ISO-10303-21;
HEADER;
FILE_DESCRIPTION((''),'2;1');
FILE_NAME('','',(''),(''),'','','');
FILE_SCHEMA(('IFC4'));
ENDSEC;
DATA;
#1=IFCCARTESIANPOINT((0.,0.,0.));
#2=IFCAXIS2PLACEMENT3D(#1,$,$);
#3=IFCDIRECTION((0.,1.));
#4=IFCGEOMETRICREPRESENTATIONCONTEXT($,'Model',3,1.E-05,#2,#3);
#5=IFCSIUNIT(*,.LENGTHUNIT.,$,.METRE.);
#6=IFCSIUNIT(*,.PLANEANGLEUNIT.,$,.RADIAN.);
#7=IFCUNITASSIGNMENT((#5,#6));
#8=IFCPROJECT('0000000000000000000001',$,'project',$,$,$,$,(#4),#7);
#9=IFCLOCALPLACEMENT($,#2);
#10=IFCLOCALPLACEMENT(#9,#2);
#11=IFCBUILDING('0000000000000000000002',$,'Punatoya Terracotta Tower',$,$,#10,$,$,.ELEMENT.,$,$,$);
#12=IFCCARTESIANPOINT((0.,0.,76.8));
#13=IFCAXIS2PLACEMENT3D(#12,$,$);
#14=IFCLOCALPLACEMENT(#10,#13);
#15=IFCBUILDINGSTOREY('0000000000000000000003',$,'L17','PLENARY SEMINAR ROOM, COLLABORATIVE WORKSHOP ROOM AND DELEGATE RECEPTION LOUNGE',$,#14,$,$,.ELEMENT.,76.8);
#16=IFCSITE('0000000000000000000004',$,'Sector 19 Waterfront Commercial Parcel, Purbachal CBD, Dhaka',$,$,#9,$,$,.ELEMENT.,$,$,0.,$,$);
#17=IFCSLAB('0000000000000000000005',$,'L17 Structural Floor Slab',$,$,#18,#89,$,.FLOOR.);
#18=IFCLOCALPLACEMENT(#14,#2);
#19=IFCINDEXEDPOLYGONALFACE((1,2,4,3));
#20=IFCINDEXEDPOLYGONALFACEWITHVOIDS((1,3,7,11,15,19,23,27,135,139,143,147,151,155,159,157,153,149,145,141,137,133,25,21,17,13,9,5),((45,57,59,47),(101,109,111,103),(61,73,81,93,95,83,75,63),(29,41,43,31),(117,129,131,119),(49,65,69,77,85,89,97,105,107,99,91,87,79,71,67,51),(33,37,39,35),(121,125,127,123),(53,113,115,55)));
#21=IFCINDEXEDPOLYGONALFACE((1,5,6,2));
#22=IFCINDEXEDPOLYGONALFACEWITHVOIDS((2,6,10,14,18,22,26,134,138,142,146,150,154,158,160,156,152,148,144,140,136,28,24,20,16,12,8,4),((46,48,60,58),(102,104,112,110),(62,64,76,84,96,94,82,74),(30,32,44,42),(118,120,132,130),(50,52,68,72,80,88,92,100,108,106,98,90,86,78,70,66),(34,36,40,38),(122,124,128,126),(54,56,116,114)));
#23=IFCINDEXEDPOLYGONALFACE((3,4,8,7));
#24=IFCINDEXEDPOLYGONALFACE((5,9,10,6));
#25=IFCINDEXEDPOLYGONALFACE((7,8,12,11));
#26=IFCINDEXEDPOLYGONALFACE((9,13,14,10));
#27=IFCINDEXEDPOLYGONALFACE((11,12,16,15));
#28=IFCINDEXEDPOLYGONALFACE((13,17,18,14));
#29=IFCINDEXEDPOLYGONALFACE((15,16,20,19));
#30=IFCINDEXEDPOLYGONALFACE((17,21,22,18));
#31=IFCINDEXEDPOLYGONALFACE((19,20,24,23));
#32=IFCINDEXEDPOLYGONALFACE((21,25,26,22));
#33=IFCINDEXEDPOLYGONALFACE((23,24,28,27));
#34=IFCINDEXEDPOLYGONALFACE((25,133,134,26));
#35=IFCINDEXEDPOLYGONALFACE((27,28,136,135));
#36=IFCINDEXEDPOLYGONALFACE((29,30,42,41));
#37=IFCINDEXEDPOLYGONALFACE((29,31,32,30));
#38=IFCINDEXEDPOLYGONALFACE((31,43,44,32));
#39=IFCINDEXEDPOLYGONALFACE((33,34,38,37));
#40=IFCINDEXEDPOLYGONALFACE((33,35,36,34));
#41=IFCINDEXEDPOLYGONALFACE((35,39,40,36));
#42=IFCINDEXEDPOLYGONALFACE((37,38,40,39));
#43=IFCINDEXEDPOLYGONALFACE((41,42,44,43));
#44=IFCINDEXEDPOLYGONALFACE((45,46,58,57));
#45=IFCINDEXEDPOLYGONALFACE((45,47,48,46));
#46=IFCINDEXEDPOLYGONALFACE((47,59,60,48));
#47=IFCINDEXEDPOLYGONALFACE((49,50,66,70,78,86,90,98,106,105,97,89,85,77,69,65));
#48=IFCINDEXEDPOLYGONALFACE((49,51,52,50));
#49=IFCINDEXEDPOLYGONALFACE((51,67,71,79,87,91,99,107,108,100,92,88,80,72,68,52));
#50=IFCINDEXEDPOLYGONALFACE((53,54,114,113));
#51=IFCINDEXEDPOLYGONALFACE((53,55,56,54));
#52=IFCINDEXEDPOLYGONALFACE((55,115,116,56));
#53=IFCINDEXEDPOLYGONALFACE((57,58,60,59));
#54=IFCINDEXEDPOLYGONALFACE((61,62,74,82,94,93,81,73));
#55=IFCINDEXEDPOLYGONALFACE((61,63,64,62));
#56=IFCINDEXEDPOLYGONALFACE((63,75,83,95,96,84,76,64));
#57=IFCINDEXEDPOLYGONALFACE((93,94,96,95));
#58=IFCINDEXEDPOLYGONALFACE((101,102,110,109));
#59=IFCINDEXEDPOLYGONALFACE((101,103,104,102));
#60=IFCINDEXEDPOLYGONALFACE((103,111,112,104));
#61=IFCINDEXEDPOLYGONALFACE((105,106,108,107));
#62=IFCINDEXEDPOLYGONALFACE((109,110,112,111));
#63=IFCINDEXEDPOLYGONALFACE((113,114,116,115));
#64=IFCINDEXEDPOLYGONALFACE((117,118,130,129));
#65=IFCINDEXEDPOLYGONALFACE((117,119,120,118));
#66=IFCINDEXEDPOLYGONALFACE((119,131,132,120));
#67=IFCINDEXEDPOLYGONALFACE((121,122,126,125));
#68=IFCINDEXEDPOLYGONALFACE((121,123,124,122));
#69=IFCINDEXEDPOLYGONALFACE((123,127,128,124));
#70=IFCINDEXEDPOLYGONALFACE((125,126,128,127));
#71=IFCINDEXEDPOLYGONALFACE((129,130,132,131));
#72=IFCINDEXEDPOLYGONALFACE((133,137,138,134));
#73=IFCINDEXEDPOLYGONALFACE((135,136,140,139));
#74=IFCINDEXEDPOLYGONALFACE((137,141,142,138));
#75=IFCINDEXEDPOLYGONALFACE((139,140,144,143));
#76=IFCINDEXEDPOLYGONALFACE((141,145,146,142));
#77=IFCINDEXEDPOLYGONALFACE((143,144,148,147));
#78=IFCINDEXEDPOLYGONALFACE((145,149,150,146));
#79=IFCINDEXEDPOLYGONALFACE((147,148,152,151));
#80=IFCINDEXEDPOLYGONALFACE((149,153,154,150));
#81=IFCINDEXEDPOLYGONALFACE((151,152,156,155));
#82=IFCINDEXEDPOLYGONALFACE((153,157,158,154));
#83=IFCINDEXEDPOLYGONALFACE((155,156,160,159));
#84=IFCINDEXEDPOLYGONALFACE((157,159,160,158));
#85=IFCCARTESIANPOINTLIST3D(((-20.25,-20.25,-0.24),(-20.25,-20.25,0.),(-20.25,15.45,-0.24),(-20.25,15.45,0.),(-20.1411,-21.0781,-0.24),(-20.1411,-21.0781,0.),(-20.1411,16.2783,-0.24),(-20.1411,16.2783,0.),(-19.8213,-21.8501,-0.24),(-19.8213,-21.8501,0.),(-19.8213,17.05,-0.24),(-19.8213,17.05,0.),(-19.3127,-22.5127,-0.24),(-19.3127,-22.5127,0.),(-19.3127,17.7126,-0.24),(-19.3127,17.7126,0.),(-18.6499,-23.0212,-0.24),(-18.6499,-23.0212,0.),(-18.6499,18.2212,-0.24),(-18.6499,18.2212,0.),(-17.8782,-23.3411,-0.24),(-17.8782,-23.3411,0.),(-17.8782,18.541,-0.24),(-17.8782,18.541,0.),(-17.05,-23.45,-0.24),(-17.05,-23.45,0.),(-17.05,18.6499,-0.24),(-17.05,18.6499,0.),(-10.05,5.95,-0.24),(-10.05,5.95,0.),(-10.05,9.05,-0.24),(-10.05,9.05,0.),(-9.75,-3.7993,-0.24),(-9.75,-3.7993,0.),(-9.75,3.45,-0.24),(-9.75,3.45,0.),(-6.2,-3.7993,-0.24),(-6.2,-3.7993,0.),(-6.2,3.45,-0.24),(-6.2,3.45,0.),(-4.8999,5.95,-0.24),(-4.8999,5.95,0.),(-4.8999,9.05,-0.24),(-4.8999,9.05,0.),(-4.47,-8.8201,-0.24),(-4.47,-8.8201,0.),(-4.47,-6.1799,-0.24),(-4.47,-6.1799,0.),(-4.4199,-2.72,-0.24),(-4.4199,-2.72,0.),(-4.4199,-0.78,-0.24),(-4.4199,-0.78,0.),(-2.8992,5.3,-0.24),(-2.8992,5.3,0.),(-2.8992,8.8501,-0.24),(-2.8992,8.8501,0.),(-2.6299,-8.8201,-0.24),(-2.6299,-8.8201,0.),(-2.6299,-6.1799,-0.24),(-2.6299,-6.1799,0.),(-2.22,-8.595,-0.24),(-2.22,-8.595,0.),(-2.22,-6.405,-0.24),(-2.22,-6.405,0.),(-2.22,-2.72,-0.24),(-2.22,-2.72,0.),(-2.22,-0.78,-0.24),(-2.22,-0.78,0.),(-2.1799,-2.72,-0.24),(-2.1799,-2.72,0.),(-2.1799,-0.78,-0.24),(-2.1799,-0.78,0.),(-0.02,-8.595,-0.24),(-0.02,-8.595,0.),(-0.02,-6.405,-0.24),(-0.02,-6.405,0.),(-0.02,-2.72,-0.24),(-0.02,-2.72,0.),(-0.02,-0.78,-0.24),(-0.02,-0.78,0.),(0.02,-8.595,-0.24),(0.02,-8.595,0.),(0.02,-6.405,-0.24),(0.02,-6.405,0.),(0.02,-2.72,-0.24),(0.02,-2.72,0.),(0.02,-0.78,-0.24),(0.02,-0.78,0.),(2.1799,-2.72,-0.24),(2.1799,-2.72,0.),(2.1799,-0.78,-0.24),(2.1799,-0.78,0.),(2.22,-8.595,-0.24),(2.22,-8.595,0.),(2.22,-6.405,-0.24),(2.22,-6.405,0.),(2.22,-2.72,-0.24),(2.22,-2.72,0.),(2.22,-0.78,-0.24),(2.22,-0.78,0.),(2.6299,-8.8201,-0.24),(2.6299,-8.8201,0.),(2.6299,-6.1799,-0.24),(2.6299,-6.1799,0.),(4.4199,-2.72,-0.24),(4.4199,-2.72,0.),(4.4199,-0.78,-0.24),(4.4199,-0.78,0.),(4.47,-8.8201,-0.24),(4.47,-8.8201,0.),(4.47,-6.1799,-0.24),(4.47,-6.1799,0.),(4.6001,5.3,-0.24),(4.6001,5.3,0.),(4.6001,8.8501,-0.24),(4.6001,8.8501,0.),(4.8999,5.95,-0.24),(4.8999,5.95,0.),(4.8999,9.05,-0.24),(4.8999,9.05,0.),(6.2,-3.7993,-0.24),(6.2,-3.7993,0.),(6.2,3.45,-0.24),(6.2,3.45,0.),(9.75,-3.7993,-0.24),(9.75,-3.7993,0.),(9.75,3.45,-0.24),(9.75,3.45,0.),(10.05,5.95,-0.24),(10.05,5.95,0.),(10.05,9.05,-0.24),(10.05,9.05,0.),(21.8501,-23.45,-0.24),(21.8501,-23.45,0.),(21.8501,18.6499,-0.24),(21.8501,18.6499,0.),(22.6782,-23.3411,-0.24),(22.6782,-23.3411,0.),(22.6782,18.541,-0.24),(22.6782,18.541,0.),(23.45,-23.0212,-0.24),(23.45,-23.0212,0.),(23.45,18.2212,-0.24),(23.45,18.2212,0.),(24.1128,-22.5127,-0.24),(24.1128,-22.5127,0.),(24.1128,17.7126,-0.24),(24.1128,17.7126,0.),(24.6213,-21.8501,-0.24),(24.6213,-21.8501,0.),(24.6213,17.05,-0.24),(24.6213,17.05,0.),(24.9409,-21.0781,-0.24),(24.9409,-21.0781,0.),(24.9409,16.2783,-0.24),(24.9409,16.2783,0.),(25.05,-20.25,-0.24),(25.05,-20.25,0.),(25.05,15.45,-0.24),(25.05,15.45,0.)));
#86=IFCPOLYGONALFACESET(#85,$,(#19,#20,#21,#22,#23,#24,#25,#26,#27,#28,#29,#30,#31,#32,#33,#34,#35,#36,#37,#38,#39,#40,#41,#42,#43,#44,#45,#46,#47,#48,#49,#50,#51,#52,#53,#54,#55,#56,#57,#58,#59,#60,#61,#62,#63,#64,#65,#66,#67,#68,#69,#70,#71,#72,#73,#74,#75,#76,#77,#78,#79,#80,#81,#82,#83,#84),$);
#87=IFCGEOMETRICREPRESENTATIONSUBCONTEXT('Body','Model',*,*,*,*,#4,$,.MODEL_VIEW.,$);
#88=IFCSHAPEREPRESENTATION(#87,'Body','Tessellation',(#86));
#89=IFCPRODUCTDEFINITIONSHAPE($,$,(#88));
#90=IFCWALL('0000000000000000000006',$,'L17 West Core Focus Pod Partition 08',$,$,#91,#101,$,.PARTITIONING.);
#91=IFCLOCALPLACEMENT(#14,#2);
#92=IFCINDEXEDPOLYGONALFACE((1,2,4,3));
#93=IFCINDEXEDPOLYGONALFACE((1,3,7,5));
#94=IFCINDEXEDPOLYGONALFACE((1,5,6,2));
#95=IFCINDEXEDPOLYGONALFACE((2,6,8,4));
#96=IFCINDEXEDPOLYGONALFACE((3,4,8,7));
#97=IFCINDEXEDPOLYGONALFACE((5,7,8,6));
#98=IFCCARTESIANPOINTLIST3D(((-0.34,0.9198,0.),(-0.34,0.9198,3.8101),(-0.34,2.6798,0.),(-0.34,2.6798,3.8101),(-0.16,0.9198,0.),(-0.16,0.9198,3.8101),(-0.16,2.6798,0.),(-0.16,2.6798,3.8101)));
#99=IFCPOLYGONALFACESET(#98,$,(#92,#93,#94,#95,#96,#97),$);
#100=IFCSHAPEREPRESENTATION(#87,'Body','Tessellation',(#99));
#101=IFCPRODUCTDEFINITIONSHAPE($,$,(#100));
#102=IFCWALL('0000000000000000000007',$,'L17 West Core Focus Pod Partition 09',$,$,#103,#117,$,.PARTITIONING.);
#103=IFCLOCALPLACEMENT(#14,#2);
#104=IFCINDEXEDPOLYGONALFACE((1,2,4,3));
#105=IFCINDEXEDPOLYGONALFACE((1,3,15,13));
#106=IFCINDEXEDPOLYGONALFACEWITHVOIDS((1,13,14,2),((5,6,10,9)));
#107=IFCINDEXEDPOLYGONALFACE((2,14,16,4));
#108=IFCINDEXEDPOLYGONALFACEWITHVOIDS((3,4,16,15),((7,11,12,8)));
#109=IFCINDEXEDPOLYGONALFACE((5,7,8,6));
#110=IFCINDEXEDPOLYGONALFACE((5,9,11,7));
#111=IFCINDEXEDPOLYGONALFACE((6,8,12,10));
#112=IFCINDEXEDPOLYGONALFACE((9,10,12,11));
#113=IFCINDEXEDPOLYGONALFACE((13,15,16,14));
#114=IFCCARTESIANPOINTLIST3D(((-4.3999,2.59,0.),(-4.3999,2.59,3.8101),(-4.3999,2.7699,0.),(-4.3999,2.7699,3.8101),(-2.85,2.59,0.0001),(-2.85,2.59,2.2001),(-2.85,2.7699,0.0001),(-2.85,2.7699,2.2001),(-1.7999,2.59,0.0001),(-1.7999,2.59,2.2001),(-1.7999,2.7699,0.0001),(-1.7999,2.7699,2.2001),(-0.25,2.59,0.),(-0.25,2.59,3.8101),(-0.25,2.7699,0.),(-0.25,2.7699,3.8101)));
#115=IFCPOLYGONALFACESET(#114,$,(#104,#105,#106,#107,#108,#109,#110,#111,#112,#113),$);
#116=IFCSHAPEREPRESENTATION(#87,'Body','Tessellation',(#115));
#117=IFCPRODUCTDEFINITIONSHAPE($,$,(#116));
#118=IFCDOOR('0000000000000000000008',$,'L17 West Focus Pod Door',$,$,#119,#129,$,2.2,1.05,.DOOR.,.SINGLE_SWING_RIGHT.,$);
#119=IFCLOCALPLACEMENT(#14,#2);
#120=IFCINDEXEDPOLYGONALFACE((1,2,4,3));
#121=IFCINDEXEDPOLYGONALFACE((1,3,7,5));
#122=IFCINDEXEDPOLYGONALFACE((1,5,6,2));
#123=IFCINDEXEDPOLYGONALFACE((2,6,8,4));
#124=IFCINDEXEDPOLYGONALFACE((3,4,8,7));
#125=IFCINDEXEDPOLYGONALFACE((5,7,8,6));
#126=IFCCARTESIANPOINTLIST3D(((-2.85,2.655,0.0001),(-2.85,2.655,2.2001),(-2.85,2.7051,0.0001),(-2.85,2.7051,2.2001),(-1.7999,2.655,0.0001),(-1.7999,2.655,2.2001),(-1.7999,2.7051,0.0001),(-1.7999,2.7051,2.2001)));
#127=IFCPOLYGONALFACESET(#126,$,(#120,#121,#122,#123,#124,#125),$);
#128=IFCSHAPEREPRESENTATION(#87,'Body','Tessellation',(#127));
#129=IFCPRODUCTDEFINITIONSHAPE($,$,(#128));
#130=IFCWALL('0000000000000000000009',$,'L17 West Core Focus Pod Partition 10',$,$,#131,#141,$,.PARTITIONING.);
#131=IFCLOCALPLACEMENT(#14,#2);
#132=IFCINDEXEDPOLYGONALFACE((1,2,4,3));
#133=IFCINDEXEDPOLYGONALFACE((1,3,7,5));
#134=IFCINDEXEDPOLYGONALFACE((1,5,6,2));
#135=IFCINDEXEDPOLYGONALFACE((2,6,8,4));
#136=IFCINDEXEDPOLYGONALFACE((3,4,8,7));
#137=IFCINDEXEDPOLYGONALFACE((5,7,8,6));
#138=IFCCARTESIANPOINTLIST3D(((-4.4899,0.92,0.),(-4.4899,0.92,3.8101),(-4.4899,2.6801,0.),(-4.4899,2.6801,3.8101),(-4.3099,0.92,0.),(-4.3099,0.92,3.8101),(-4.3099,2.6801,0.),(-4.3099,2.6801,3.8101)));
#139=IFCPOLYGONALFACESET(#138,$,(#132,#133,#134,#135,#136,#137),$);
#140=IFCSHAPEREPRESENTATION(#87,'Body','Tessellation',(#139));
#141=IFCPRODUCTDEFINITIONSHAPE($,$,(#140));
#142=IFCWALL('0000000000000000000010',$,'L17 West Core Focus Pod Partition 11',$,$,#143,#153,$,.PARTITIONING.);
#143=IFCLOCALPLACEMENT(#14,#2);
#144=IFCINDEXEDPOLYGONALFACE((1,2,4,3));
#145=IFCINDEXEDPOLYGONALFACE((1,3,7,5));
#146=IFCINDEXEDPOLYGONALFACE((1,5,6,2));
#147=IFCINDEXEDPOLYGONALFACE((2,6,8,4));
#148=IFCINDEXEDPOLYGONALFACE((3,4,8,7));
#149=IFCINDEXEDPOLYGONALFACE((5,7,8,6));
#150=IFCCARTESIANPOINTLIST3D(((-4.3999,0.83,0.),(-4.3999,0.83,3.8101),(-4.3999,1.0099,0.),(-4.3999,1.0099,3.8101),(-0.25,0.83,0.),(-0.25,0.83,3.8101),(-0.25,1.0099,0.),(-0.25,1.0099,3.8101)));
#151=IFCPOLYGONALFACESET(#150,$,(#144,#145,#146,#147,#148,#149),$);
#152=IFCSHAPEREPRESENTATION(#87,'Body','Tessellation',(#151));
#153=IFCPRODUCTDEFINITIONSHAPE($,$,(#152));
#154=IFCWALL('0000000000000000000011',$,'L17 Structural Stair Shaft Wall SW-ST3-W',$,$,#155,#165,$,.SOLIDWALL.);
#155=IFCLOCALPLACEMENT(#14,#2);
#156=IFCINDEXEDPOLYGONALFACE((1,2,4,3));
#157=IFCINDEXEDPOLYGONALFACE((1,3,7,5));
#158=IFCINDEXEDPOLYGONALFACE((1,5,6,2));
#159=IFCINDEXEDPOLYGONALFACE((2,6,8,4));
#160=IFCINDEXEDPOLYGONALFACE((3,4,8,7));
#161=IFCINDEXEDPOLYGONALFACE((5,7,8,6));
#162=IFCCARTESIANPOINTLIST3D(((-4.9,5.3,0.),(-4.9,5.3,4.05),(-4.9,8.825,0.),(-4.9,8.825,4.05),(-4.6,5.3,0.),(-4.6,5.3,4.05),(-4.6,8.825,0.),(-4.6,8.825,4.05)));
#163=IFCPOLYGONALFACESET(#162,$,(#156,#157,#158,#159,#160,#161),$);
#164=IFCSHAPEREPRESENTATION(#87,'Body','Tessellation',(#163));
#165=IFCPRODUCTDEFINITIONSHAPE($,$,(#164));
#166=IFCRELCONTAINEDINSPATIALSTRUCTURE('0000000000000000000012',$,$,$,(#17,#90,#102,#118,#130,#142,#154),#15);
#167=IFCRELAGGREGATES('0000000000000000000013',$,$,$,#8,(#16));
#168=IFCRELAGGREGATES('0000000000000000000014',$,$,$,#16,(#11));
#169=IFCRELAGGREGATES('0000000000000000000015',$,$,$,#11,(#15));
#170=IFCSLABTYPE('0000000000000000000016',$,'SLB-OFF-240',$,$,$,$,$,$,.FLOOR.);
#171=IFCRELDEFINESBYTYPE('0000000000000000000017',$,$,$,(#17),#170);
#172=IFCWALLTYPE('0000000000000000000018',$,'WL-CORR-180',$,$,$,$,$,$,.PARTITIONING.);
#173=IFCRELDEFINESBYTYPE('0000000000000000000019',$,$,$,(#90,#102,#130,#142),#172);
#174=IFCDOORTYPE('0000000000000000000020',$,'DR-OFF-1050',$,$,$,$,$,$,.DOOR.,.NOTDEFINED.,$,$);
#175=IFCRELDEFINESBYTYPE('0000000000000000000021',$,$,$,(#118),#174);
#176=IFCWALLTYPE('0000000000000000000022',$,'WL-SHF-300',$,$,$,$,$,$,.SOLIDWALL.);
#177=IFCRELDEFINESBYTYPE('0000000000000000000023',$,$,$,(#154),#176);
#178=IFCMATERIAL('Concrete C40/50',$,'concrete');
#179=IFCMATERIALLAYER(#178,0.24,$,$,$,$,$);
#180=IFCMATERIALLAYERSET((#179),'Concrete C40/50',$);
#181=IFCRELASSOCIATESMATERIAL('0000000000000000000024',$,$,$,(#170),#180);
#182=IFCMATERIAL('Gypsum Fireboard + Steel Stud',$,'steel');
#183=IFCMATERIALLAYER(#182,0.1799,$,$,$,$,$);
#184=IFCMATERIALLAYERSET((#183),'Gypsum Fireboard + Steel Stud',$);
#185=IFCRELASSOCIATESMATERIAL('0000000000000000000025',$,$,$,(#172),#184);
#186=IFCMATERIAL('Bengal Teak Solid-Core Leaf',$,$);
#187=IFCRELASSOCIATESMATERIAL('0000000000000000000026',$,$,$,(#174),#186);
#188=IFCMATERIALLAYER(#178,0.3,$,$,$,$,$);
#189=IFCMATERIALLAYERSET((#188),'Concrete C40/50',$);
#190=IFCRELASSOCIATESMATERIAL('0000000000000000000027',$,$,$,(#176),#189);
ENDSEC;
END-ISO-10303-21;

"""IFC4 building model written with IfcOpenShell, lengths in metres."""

from ifc_helpers import new_model, si_unit, direction, frame, frame_2d, origin, place, context, subcontext, project, spatial, polyline, rectangle, outline, extrude, material, layer, layer_set, type_object, element, fill, save


model = new_model("IFC4")

# Units and contexts
model_context = context("Model", 3, precision=1e-05, world=origin(), true_north=direction((0.0, 1.0)))
body_context = subcontext(model_context, "Body", "Model", "MODEL_VIEW")
ifc_project = project(units=[si_unit("LENGTHUNIT", "METRE"), si_unit("PLANEANGLEUNIT", "RADIAN")], contexts=[model_context])

# Site, building, storey
site_placement = place(None, origin())
site = spatial("IfcSite", under=ifc_project, at=site_placement, Name="Sector 19 Waterfront Commercial Parcel, Purbachal CBD, Dhaka", CompositionType="ELEMENT", RefElevation=0.0)
building_placement = place(site_placement, origin())
building = spatial("IfcBuilding", under=site, at=building_placement, Name="Punatoya Terracotta Tower", CompositionType="ELEMENT")
storey_placement = place(building_placement, frame((0.0, 0.0, 76.8)))
storey = spatial("IfcBuildingStorey", under=building, at=storey_placement, Name="L17", Description="PLENARY SEMINAR ROOM, COLLABORATIVE WORKSHOP ROOM AND DELEGATE RECEPTION LOUNGE", CompositionType="ELEMENT", Elevation=76.8)

# Shared definitions
ifc_material_1 = material(Name="Concrete C40/50", Category="concrete")

# Slab
ifc_layer_1 = layer(ifc_material_1, 0.24)
ifc_layer_set_1 = layer_set([ifc_layer_1], Name="Concrete C40/50")
slab_type_1 = type_object("IfcSlabType", Name="SLB-OFF-240", PredefinedType="FLOOR", material=ifc_layer_set_1)
slab_1_placement = place(storey_placement, frame((0.0, 0.0, -0.24)))
element("IfcSlab", 1, at=slab_1_placement, inside=storey, type_object=slab_type_1, Name="L17 Structural Floor Slab", PredefinedType="FLOOR", context=body_context, shape_type="SweptSolid", body=[
    extrude(outline(polyline([(-17.05, -23.45), (-17.8782, -23.3411), (-18.6499, -23.0212), (-19.3127, -22.5127), (-19.8213, -21.8501), (-20.1411, -21.0781), (-20.25, -20.25), (-20.25, 15.45), (-20.1411, 16.2783), (-19.8213, 17.05), (-19.3127, 17.7126), (-18.6499, 18.2212), (-17.8782, 18.541), (-17.05, 18.6499), (21.8501, 18.6499), (22.6782, 18.541), (23.45, 18.2212), (24.1128, 17.7126), (24.6213, 17.05), (24.9409, 16.2783), (25.05, 15.45), (25.05, -20.25), (24.9409, -21.0781), (24.6213, -21.8501), (24.1128, -22.5127), (23.45, -23.0212), (22.6782, -23.3411), (21.8501, -23.45), (-17.05, -23.45)]), holes=[polyline([(-2.6299, -6.1799), (-4.47, -6.1799), (-4.47, -8.8201), (-2.6299, -8.8201), (-2.6299, -6.1799)]), polyline([(0.02, -8.595), (2.22, -8.595), (2.22, -6.405), (0.02, -6.405), (-0.02, -6.405), (-2.22, -6.405), (-2.22, -8.595), (-0.02, -8.595), (0.02, -8.595)]), polyline([(-2.22, -2.72), (-2.1799, -2.72), (-0.02, -2.72), (0.02, -2.72), (2.1799, -2.72), (2.22, -2.72), (4.4199, -2.72), (4.4199, -0.78), (2.22, -0.78), (2.1799, -0.78), (0.02, -0.78), (-0.02, -0.78), (-2.1799, -0.78), (-2.22, -0.78), (-4.4199, -0.78), (-4.4199, -2.72), (-2.22, -2.72)]), polyline([(-6.2, 3.45), (-9.75, 3.45), (-9.75, -3.7993), (-6.2, -3.7993), (-6.2, 3.45)]), polyline([(4.6001, 5.3), (4.6001, 8.8501), (-2.8992, 8.8501), (-2.8992, 5.3), (4.6001, 5.3)]), polyline([(-4.8999, 9.05), (-10.05, 9.05), (-10.05, 5.95), (-4.8999, 5.95), (-4.8999, 9.05)]), polyline([(4.47, -8.8201), (4.47, -6.1799), (2.6299, -6.1799), (2.6299, -8.8201), (4.47, -8.8201)]), polyline([(9.75, 3.45), (6.2, 3.45), (6.2, -3.7993), (9.75, -3.7993), (9.75, 3.45)]), polyline([(10.05, 5.95), (10.05, 9.05), (4.8999, 9.05), (4.8999, 5.95), (10.05, 5.95)])]), origin(), (0.0, 0.0, 1.0), 0.24),
])

# Wall
ifc_material_2 = material(Name="Gypsum Fireboard + Steel Stud", Category="steel")
ifc_layer_2 = layer(ifc_material_2, 0.1799)
ifc_layer_set_2 = layer_set([ifc_layer_2], Name="Gypsum Fireboard + Steel Stud")
wall_type_1 = type_object("IfcWallType", Name="WL-CORR-180", PredefinedType="PARTITIONING", material=ifc_layer_set_2)
wall_1_placement = place(storey_placement, frame((-0.25, 0.9199, 0.0), z_axis=(0.0, 0.0, 1.0), x_axis=(0.0, 1.0, 0.0)))
element("IfcWall", 2, at=wall_1_placement, inside=storey, type_object=wall_type_1, Name="L17 West Core Focus Pod Partition 08", PredefinedType="PARTITIONING", context=body_context, shape_type="SweptSolid", body=[
    extrude(rectangle(XDim=1.76, YDim=0.1799, at=frame_2d((0.8799, 0.0))), origin(), (0.0, 0.0, 1.0), 3.8101),
])

# Wall, opening, door
wall_2_placement = place(storey_placement, frame((-0.25, 2.6799, 0.0), z_axis=(0.0, 0.0, 1.0), x_axis=(-1.0, 0.0, 0.0)))
wall_2 = element("IfcWall", 3, at=wall_2_placement, inside=storey, type_object=wall_type_1, Name="L17 West Core Focus Pod Partition 09", PredefinedType="PARTITIONING", context=body_context, shape_type="SweptSolid", body=[
    extrude(rectangle(XDim=4.1499, YDim=0.1799, at=frame_2d((2.075, 0.0))), origin(), (0.0, 0.0, 1.0), 3.8101),
])
opening_1_placement = place(wall_2_placement, frame((1.55, 0.0, 0.0)))
opening_1 = element("IfcOpeningElement", 4, at=opening_1_placement, cuts=wall_2, PredefinedType="OPENING", context=body_context, shape_type="SweptSolid", body=[
    extrude(rectangle(XDim=1.05, YDim=2.2, at=frame_2d((0.5249, 1.1001))), frame((0.0, 0.0999, 0.0), z_axis=(0.0, -1.0, 0.0), x_axis=(1.0, 0.0, 0.0)), (0.0, 0.0, 1.0), 0.2),
])
ifc_material_3 = material(Name="Bengal Teak Solid-Core Leaf")
door_type_1 = type_object("IfcDoorType", Name="DR-OFF-1050", OperationType="NOTDEFINED", PredefinedType="DOOR", material=ifc_material_3)
door_1_placement = place(opening_1_placement, origin())
door_1 = element("IfcDoor", 5, at=door_1_placement, inside=storey, type_object=door_type_1, Name="L17 West Focus Pod Door", OperationType="SINGLE_SWING_RIGHT", OverallHeight=2.2, OverallWidth=1.05, PredefinedType="DOOR", context=body_context, shape_type="SweptSolid", body=[
    extrude(rectangle(XDim=1.05, YDim=2.2, at=frame_2d((0.5249, 1.1001))), frame((0.0, 0.0249, 0.0), z_axis=(0.0, -1.0, 0.0), x_axis=(1.0, 0.0, 0.0)), (0.0, 0.0, 1.0), 0.05),
])
fill(opening_1, door_1)

# Walls
wall_3_placement = place(storey_placement, frame((-4.3999, 2.6799, 0.0), z_axis=(0.0, 0.0, 1.0), x_axis=(0.0, -1.0, 0.0)))
element("IfcWall", 6, at=wall_3_placement, inside=storey, type_object=wall_type_1, Name="L17 West Core Focus Pod Partition 10", PredefinedType="PARTITIONING", context=body_context, shape_type="SweptSolid", body=[
    extrude(rectangle(XDim=1.76, YDim=0.1799, at=frame_2d((0.8799, 0.0))), origin(), (0.0, 0.0, 1.0), 3.8101),
])
wall_4_placement = place(storey_placement, frame((-4.3999, 0.9199, 0.0), z_axis=(0.0, 0.0, 1.0), x_axis=(1.0, 0.0, 0.0)))
element("IfcWall", 7, at=wall_4_placement, inside=storey, type_object=wall_type_1, Name="L17 West Core Focus Pod Partition 11", PredefinedType="PARTITIONING", context=body_context, shape_type="SweptSolid", body=[
    extrude(rectangle(XDim=4.1499, YDim=0.1799, at=frame_2d((2.075, 0.0))), origin(), (0.0, 0.0, 1.0), 3.8101),
])
ifc_layer_3 = layer(ifc_material_1, 0.3)
ifc_layer_set_3 = layer_set([ifc_layer_3], Name="Concrete C40/50")
wall_type_2 = type_object("IfcWallType", Name="WL-SHF-300", PredefinedType="SOLIDWALL", material=ifc_layer_set_3)
wall_5_placement = place(storey_placement, frame((-4.75, 5.3, 0.0), z_axis=(0.0, 0.0, 1.0), x_axis=(0.0, 1.0, 0.0)))
element("IfcWall", 8, at=wall_5_placement, inside=storey, type_object=wall_type_2, Name="L17 Structural Stair Shaft Wall SW-ST3-W", PredefinedType="SOLIDWALL", context=body_context, shape_type="SweptSolid", body=[
    extrude(rectangle(XDim=3.5249, YDim=0.3, at=frame_2d((1.7625, 0.0))), origin(), (0.0, 0.0, 1.0), 4.05),
])

save(model, "model.ifc")
